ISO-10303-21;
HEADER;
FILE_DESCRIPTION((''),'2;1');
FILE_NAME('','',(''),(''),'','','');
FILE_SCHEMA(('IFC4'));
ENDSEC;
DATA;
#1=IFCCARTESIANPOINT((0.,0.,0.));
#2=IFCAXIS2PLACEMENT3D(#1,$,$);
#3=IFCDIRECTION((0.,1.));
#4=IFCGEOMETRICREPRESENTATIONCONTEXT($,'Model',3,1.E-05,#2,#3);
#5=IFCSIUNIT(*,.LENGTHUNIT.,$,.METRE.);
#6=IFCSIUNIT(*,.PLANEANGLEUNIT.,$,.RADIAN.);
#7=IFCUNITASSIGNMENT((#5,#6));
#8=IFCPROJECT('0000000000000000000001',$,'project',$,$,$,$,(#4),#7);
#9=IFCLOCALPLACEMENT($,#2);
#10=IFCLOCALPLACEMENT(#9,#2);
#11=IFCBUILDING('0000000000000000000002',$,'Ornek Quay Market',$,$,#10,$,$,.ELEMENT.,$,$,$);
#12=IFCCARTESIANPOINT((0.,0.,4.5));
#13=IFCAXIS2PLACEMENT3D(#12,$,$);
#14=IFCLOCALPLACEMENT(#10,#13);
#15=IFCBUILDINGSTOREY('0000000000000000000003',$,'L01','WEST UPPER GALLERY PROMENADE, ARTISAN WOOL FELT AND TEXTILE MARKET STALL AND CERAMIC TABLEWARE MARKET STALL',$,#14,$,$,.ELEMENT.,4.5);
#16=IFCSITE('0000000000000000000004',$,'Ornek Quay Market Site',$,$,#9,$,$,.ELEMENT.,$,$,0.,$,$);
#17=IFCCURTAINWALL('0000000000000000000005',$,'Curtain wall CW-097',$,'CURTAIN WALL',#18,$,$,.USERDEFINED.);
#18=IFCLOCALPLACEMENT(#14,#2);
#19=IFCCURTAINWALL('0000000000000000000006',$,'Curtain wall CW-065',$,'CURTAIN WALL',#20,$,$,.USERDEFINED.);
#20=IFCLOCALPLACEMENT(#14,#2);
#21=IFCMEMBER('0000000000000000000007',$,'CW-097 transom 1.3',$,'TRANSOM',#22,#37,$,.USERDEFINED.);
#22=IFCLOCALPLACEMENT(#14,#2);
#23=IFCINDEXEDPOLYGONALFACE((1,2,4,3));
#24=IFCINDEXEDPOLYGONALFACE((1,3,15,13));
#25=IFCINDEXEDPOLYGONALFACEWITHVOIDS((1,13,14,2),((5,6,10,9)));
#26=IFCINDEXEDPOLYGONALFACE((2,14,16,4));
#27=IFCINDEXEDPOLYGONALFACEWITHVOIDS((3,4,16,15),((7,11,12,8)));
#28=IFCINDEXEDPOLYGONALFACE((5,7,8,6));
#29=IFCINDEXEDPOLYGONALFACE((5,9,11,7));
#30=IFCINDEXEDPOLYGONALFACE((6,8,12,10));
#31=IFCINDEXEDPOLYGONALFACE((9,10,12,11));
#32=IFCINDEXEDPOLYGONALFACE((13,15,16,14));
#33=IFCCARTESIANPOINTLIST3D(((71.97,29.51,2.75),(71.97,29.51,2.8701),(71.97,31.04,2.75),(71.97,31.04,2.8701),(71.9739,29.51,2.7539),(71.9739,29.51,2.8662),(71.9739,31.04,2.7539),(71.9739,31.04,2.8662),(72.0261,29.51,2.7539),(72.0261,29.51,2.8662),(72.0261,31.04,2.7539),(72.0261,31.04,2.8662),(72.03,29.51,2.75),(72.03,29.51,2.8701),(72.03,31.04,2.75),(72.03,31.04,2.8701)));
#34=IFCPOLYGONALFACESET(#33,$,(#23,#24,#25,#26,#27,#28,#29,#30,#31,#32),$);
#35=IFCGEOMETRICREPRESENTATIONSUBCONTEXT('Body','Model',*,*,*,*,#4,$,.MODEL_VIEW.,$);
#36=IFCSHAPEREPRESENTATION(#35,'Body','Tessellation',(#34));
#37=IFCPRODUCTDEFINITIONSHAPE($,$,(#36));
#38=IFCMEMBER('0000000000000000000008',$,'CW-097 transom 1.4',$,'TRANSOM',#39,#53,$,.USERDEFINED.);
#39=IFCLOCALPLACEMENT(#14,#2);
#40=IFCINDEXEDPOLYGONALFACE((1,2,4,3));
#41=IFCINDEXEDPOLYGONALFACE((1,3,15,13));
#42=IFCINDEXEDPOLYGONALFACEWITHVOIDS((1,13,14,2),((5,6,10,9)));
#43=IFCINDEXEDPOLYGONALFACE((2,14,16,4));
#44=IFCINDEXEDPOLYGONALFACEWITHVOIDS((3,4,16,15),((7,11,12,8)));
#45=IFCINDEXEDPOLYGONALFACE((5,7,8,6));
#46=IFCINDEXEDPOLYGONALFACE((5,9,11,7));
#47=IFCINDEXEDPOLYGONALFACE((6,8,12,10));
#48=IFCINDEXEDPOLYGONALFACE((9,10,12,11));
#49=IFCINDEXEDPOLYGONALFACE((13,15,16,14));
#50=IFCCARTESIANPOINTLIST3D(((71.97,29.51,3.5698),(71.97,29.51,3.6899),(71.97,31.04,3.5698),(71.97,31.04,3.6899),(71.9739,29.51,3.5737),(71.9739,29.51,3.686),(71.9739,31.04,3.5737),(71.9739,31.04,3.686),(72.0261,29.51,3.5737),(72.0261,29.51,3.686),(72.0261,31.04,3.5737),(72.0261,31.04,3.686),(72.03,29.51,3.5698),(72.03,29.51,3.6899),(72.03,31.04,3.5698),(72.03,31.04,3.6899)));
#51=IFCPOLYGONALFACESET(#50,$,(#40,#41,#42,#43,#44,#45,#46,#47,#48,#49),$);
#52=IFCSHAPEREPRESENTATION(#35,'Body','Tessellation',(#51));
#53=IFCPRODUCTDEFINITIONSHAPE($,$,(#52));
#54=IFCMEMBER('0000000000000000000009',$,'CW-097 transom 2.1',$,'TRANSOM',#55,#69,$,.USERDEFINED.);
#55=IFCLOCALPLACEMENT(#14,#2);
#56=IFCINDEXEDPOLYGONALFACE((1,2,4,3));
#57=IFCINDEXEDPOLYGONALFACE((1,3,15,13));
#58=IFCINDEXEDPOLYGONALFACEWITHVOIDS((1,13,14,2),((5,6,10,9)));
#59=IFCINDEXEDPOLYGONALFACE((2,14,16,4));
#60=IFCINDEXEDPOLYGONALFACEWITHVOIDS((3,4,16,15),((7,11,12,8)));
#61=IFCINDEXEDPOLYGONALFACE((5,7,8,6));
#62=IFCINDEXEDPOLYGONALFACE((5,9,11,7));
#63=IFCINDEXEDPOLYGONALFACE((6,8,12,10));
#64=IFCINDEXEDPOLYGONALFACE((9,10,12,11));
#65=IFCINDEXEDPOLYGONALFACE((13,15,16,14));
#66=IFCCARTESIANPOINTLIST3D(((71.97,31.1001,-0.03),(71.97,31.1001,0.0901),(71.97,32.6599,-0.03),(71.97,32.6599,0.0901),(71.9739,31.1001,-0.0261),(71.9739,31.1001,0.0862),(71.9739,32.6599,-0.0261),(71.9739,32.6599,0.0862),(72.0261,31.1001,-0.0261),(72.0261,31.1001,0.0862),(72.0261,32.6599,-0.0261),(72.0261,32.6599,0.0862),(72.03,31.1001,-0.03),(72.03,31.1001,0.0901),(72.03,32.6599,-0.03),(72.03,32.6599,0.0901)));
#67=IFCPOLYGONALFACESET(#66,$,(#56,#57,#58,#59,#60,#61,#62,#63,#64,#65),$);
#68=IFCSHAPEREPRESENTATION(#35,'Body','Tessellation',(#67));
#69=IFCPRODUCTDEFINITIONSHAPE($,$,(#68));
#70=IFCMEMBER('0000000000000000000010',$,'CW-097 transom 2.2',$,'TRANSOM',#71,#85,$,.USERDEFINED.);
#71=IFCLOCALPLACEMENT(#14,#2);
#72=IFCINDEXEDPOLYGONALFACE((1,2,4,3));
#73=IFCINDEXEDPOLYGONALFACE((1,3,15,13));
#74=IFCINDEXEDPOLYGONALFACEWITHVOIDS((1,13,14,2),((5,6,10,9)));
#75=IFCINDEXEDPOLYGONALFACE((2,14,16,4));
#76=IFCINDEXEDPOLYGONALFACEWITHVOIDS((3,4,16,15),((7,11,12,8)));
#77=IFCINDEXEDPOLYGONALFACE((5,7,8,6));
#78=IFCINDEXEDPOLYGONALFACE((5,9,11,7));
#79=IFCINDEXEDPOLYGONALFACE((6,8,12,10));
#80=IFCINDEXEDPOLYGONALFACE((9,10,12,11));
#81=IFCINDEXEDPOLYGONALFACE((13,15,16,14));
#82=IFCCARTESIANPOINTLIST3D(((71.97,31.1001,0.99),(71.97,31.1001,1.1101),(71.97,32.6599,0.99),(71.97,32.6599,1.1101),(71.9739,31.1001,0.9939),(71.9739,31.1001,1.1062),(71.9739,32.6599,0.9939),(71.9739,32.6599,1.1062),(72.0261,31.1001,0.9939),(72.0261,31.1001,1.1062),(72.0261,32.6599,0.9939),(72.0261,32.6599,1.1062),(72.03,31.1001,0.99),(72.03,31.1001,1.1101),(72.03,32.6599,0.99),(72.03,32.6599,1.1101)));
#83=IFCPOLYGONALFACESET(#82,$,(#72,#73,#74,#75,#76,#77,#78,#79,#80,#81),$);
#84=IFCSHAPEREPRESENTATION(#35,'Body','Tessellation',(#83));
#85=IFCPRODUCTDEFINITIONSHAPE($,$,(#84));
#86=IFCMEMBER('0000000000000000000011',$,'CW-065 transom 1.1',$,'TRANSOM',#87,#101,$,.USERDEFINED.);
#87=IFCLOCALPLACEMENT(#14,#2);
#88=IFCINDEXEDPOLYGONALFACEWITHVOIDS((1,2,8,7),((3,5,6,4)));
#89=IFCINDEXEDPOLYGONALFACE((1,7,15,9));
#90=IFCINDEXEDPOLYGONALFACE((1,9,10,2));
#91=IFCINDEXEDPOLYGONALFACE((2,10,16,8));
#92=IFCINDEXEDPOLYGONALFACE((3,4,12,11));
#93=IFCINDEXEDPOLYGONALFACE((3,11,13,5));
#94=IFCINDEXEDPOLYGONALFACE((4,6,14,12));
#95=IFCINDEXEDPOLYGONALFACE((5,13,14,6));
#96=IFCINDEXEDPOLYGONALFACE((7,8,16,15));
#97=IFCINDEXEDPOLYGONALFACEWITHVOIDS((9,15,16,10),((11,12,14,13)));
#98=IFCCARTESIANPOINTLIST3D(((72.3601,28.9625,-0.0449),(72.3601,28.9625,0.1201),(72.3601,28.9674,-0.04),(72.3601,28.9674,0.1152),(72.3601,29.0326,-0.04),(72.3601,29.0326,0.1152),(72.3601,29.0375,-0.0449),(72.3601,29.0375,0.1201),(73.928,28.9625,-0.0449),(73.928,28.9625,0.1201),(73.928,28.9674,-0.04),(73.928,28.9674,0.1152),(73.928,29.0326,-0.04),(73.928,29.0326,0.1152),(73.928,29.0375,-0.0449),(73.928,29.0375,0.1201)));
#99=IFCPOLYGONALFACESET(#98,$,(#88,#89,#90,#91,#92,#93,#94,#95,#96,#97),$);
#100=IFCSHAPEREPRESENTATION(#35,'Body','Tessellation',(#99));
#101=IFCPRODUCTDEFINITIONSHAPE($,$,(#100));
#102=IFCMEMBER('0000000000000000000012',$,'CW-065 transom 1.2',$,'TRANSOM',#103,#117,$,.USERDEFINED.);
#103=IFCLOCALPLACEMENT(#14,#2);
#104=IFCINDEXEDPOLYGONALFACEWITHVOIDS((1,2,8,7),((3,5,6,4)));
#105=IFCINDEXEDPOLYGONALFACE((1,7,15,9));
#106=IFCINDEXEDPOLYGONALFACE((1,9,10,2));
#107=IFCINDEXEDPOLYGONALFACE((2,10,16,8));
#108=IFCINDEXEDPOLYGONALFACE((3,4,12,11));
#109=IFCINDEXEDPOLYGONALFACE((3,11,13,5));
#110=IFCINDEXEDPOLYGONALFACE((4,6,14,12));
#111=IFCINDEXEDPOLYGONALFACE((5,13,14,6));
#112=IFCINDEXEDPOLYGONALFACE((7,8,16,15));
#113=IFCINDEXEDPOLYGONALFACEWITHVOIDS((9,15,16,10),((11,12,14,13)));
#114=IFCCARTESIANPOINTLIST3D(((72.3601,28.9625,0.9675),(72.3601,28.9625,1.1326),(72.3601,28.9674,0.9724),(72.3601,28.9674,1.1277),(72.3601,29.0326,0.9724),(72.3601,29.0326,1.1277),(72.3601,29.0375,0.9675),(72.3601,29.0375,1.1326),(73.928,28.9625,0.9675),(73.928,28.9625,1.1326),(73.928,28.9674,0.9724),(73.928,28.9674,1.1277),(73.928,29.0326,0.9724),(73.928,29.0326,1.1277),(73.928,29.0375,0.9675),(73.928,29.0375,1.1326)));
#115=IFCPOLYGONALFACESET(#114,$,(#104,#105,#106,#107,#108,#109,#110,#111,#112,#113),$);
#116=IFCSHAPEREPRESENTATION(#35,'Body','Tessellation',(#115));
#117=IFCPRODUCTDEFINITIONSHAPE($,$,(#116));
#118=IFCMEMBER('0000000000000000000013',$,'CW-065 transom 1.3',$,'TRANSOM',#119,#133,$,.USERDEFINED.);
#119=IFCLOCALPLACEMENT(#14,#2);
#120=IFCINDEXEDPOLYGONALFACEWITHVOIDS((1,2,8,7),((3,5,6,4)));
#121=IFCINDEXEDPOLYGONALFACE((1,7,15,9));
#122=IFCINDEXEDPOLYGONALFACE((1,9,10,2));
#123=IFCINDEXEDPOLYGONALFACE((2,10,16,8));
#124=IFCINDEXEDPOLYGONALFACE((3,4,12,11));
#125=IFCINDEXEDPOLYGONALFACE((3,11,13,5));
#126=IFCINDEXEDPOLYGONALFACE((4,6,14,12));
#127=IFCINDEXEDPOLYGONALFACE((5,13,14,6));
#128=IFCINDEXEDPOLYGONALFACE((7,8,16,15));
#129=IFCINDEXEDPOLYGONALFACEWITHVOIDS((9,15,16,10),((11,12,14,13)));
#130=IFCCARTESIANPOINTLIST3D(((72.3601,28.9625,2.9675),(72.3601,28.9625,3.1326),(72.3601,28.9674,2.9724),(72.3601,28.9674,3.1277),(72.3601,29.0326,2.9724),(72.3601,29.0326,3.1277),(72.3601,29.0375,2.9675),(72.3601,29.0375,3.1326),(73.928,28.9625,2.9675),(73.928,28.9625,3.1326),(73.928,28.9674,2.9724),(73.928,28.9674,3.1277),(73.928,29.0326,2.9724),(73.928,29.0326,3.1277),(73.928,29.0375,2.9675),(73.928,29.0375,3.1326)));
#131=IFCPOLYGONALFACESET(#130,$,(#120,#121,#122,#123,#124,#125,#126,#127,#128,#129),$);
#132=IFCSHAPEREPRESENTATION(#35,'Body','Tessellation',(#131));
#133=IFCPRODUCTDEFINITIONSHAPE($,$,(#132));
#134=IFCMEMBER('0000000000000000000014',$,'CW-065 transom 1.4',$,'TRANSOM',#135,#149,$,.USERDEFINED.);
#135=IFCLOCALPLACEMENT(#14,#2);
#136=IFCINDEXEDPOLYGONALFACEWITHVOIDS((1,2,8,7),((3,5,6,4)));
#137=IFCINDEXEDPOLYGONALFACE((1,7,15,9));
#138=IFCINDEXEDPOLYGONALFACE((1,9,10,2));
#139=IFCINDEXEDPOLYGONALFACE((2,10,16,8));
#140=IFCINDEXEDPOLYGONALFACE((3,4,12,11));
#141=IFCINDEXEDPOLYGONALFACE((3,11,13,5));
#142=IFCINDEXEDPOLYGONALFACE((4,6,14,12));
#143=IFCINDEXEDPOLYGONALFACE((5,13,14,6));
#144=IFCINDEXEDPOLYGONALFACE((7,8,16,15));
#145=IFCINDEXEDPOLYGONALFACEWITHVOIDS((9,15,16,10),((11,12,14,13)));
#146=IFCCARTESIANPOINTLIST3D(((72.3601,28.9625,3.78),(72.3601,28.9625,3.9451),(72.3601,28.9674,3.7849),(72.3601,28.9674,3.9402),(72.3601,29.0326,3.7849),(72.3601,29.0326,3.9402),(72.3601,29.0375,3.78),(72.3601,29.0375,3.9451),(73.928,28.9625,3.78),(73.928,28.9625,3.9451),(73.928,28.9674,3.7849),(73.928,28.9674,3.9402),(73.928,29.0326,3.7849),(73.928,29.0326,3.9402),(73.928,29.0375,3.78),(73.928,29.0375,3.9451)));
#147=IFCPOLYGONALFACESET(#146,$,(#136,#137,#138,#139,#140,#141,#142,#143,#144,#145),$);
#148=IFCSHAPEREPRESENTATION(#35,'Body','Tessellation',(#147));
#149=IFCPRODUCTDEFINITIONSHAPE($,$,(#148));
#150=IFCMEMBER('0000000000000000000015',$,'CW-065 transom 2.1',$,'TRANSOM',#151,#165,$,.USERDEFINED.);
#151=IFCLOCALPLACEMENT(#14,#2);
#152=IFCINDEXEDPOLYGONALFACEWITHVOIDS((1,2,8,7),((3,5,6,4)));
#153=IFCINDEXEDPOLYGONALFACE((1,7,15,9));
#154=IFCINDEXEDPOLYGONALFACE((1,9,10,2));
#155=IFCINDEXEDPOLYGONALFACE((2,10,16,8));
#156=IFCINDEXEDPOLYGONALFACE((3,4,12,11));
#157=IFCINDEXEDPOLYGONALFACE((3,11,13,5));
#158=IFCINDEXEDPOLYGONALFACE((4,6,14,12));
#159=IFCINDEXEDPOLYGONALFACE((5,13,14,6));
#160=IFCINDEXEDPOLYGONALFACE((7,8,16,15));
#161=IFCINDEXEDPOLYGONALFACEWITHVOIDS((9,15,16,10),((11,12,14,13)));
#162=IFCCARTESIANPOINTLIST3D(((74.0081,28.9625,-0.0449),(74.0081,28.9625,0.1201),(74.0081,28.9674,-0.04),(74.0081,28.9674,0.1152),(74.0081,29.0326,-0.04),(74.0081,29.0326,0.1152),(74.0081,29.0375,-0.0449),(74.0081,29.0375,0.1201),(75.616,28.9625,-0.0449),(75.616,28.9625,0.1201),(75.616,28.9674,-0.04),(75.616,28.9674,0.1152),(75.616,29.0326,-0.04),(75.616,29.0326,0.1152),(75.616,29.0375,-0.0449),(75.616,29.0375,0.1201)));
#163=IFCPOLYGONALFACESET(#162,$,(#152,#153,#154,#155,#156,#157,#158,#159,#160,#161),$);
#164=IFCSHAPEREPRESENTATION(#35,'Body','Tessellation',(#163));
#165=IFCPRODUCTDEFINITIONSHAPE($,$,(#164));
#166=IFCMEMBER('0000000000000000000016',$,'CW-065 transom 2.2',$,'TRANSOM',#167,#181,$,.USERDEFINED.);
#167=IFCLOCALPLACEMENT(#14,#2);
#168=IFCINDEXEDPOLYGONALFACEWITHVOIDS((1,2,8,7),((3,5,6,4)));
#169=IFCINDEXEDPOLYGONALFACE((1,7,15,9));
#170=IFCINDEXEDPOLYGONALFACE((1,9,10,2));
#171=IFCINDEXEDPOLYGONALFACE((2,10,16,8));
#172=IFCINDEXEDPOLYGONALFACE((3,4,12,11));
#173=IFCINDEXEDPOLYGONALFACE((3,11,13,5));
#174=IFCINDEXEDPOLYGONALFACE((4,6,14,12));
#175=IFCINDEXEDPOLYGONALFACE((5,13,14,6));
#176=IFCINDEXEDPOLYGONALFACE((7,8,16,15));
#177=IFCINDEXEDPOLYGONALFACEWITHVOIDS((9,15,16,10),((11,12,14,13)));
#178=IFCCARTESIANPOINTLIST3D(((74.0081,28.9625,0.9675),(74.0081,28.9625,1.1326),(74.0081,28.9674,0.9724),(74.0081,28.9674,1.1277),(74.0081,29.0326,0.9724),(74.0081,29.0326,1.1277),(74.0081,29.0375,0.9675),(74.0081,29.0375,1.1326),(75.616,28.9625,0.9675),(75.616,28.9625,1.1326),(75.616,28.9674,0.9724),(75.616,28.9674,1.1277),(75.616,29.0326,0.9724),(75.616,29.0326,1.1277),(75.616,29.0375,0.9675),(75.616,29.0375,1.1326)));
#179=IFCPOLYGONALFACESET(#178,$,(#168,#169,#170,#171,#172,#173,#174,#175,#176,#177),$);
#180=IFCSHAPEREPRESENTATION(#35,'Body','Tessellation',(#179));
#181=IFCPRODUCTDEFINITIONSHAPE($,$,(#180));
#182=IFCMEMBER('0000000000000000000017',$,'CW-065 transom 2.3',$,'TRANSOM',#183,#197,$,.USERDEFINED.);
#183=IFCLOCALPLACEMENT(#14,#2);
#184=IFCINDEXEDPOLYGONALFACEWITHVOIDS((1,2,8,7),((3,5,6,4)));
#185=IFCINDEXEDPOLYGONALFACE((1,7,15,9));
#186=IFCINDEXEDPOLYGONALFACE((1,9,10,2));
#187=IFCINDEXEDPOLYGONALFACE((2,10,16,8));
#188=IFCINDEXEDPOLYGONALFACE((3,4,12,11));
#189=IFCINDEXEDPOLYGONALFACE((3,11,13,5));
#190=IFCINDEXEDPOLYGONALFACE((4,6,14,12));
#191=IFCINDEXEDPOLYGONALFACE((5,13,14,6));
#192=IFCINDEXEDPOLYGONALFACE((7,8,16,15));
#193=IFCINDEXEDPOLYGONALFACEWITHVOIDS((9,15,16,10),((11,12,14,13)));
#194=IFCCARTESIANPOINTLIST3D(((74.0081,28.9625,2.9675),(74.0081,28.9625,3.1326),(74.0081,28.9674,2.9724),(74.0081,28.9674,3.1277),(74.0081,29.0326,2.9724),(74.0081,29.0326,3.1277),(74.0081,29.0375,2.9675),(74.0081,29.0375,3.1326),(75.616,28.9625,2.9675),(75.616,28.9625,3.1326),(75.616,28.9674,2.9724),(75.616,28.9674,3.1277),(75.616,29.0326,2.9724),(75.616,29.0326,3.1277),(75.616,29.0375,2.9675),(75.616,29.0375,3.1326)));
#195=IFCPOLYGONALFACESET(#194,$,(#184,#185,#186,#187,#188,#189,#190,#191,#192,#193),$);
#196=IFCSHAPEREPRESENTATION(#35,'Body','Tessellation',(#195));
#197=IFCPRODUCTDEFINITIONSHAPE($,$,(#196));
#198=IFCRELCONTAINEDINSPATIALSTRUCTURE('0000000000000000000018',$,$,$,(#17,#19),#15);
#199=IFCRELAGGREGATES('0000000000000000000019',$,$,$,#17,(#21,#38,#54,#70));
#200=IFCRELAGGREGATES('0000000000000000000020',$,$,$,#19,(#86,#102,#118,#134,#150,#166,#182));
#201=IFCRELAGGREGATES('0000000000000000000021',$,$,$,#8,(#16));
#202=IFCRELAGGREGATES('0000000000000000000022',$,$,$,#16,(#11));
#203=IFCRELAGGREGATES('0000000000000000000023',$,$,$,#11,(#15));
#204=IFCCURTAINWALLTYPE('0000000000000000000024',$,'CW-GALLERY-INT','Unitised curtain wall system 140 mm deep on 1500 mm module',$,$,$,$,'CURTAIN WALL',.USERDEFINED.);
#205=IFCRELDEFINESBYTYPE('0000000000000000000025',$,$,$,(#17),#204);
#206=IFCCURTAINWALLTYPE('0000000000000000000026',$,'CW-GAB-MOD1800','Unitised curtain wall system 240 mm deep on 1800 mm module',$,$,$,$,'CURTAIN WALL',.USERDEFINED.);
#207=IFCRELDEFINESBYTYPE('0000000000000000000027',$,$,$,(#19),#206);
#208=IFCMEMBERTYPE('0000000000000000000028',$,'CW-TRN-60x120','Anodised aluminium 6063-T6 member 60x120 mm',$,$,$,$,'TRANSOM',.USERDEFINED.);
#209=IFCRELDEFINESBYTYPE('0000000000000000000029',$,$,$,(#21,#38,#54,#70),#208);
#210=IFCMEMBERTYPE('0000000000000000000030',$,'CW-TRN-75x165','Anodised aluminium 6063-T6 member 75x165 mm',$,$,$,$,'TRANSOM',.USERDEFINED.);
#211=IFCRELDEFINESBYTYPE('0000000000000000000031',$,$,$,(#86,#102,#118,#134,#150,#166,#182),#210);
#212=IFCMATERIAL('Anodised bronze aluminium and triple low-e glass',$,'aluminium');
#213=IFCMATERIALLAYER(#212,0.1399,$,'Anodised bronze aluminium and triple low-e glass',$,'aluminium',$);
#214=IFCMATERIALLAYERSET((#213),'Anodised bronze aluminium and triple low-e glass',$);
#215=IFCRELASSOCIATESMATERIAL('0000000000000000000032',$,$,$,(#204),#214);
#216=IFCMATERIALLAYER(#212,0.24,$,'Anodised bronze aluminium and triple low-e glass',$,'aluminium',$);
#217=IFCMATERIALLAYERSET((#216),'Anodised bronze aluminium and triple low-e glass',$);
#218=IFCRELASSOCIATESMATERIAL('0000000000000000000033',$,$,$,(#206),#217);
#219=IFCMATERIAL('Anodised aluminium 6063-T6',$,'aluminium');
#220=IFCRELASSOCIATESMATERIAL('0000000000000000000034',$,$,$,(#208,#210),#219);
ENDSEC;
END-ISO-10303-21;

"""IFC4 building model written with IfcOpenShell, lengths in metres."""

from ifc_helpers import new_model, si_unit, direction, frame, origin, origin_2d, place, context, subcontext, project, spatial, hollow_rectangle, extrude, material, layer, layer_set, material_profile, profile_set, type_object, element, aggregate, save


model = new_model("IFC4")

# Units and contexts
model_context = context("Model", 3, precision=1e-05, world=origin(), true_north=direction((0.0, 1.0)))
body_context = subcontext(model_context, "Body", "Model", "MODEL_VIEW")
ifc_project = project(units=[si_unit("LENGTHUNIT", "METRE"), si_unit("PLANEANGLEUNIT", "RADIAN")], contexts=[model_context])

# Site, building, storey
site_placement = place(None, origin())
site = spatial("IfcSite", under=ifc_project, at=site_placement, Name="Ornek Quay Market Site", CompositionType="ELEMENT", RefElevation=0.0)
building_placement = place(site_placement, origin())
building = spatial("IfcBuilding", under=site, at=building_placement, Name="Ornek Quay Market", CompositionType="ELEMENT")
storey_placement = place(building_placement, frame((0.0, 0.0, 4.5)))
storey = spatial("IfcBuildingStorey", under=building, at=storey_placement, Name="L01", Description="WEST UPPER GALLERY PROMENADE, ARTISAN WOOL FELT AND TEXTILE MARKET STALL AND CERAMIC TABLEWARE MARKET STALL", CompositionType="ELEMENT", Elevation=4.5)

# Curtain walls
ifc_material_1 = material(Name="Anodised bronze aluminium and triple low-e glass", Category="aluminium")
ifc_layer_1 = layer(ifc_material_1, 0.1399, Name="Anodised bronze aluminium and triple low-e glass", Category="aluminium")
ifc_layer_set_1 = layer_set([ifc_layer_1], Name="Anodised bronze aluminium and triple low-e glass")
curtain_wall_type_1 = type_object("IfcCurtainWallType", Name="CW-GALLERY-INT", Description="Unitised curtain wall system 140 mm deep on 1500 mm module", ElementType="CURTAIN WALL", PredefinedType="USERDEFINED", material=ifc_layer_set_1)
curtain_wall_1_placement = place(storey_placement, origin())
curtain_wall_1 = element("IfcCurtainWall", 1, at=curtain_wall_1_placement, inside=storey, type_object=curtain_wall_type_1, Name="Curtain wall CW-097", ObjectType="CURTAIN WALL", PredefinedType="USERDEFINED")
ifc_material_2 = material(Name="Anodised aluminium 6063-T6", Category="aluminium")
ifc_layer_2 = layer(ifc_material_1, 0.24, Name="Anodised bronze aluminium and triple low-e glass", Category="aluminium")
ifc_layer_set_2 = layer_set([ifc_layer_2], Name="Anodised bronze aluminium and triple low-e glass")
curtain_wall_type_2 = type_object("IfcCurtainWallType", Name="CW-GAB-MOD1800", Description="Unitised curtain wall system 240 mm deep on 1800 mm module", ElementType="CURTAIN WALL", PredefinedType="USERDEFINED", material=ifc_layer_set_2)
curtain_wall_2_placement = place(storey_placement, origin())
curtain_wall_2 = element("IfcCurtainWall", 2, at=curtain_wall_2_placement, inside=storey, type_object=curtain_wall_type_2, Name="Curtain wall CW-065", ObjectType="CURTAIN WALL", PredefinedType="USERDEFINED")

# Members
ifc_material_profile_1 = material_profile(ifc_material_2, hollow_rectangle(XDim=0.0601, YDim=0.1201, WallThickness=0.0039, at=origin_2d()), Name="CW-TRN-60x120", Category="aluminium")
ifc_profile_set_1 = profile_set([ifc_material_profile_1], Name="Anodised aluminium 6063-T6")
member_type_1 = type_object("IfcMemberType", Name="CW-TRN-60x120", Description="Anodised aluminium 6063-T6 member 60x120 mm", ElementType="TRANSOM", PredefinedType="USERDEFINED", material=ifc_profile_set_1)
member_1_placement = place(storey_placement, frame((72.0, 29.51, 2.8101), z_axis=(0.0, 1.0, 0.0), x_axis=(-1.0, 0.0, 0.0)))
member_1 = element("IfcMember", 3, at=member_1_placement, type_object=member_type_1, Name="CW-097 transom 1.3", ObjectType="TRANSOM", PredefinedType="USERDEFINED", context=body_context, shape_type="SweptSolid", body=[
    extrude(hollow_rectangle(XDim=0.0601, YDim=0.1201, WallThickness=0.0039, at=origin_2d()), origin(), (0.0, 0.0, 1.0), 1.53),
])
member_2_placement = place(storey_placement, frame((72.0, 29.51, 3.6299), z_axis=(0.0, 1.0, 0.0), x_axis=(-1.0, 0.0, 0.0)))
member_2 = element("IfcMember", 4, at=member_2_placement, type_object=member_type_1, Name="CW-097 transom 1.4", ObjectType="TRANSOM", PredefinedType="USERDEFINED", context=body_context, shape_type="SweptSolid", body=[
    extrude(hollow_rectangle(XDim=0.0601, YDim=0.1201, WallThickness=0.0039, at=origin_2d()), origin(), (0.0, 0.0, 1.0), 1.53),
])
member_3_placement = place(storey_placement, frame((72.0, 31.1001, 0.03), z_axis=(0.0, 1.0, 0.0), x_axis=(-1.0, 0.0, 0.0)))
member_3 = element("IfcMember", 5, at=member_3_placement, type_object=member_type_1, Name="CW-097 transom 2.1", ObjectType="TRANSOM", PredefinedType="USERDEFINED", context=body_context, shape_type="SweptSolid", body=[
    extrude(hollow_rectangle(XDim=0.0601, YDim=0.1201, WallThickness=0.0039, at=origin_2d()), origin(), (0.0, 0.0, 1.0), 1.5598),
])
member_4_placement = place(storey_placement, frame((72.0, 31.1001, 1.05), z_axis=(0.0, 1.0, 0.0), x_axis=(-1.0, 0.0, 0.0)))
member_4 = element("IfcMember", 6, at=member_4_placement, type_object=member_type_1, Name="CW-097 transom 2.2", ObjectType="TRANSOM", PredefinedType="USERDEFINED", context=body_context, shape_type="SweptSolid", body=[
    extrude(hollow_rectangle(XDim=0.0601, YDim=0.1201, WallThickness=0.0039, at=origin_2d()), origin(), (0.0, 0.0, 1.0), 1.5598),
])
ifc_material_profile_2 = material_profile(ifc_material_2, hollow_rectangle(XDim=0.075, YDim=0.165, WallThickness=0.0049, at=origin_2d()), Name="CW-TRN-75x165", Category="aluminium")
ifc_profile_set_2 = profile_set([ifc_material_profile_2], Name="Anodised aluminium 6063-T6")
member_type_2 = type_object("IfcMemberType", Name="CW-TRN-75x165", Description="Anodised aluminium 6063-T6 member 75x165 mm", ElementType="TRANSOM", PredefinedType="USERDEFINED", material=ifc_profile_set_2)
member_5_placement = place(storey_placement, frame((72.3601, 29.0, 0.0376), z_axis=(1.0, 0.0, 0.0), x_axis=(0.0, 1.0, 0.0)))
member_5 = element("IfcMember", 7, at=member_5_placement, type_object=member_type_2, Name="CW-065 transom 1.1", ObjectType="TRANSOM", PredefinedType="USERDEFINED", context=body_context, shape_type="SweptSolid", body=[
    extrude(hollow_rectangle(XDim=0.075, YDim=0.165, WallThickness=0.0049, at=origin_2d()), origin(), (0.0, 0.0, 1.0), 1.5679),
])
member_6_placement = place(storey_placement, frame((72.3601, 29.0, 1.05), z_axis=(1.0, 0.0, 0.0), x_axis=(0.0, 1.0, 0.0)))
member_6 = element("IfcMember", 8, at=member_6_placement, type_object=member_type_2, Name="CW-065 transom 1.2", ObjectType="TRANSOM", PredefinedType="USERDEFINED", context=body_context, shape_type="SweptSolid", body=[
    extrude(hollow_rectangle(XDim=0.075, YDim=0.165, WallThickness=0.0049, at=origin_2d()), origin(), (0.0, 0.0, 1.0), 1.5679),
])
member_7_placement = place(storey_placement, frame((72.3601, 29.0, 3.05), z_axis=(1.0, 0.0, 0.0), x_axis=(0.0, 1.0, 0.0)))
member_7 = element("IfcMember", 9, at=member_7_placement, type_object=member_type_2, Name="CW-065 transom 1.3", ObjectType="TRANSOM", PredefinedType="USERDEFINED", context=body_context, shape_type="SweptSolid", body=[
    extrude(hollow_rectangle(XDim=0.075, YDim=0.165, WallThickness=0.0049, at=origin_2d()), origin(), (0.0, 0.0, 1.0), 1.5679),
])
member_8_placement = place(storey_placement, frame((72.3601, 29.0, 3.8625), z_axis=(1.0, 0.0, 0.0), x_axis=(0.0, 1.0, 0.0)))
member_8 = element("IfcMember", 10, at=member_8_placement, type_object=member_type_2, Name="CW-065 transom 1.4", ObjectType="TRANSOM", PredefinedType="USERDEFINED", context=body_context, shape_type="SweptSolid", body=[
    extrude(hollow_rectangle(XDim=0.075, YDim=0.165, WallThickness=0.0049, at=origin_2d()), origin(), (0.0, 0.0, 1.0), 1.5679),
])
member_9_placement = place(storey_placement, frame((74.0081, 29.0, 0.0376), z_axis=(1.0, 0.0, 0.0), x_axis=(0.0, 1.0, 0.0)))
member_9 = element("IfcMember", 11, at=member_9_placement, type_object=member_type_2, Name="CW-065 transom 2.1", ObjectType="TRANSOM", PredefinedType="USERDEFINED", context=body_context, shape_type="SweptSolid", body=[
    extrude(hollow_rectangle(XDim=0.075, YDim=0.165, WallThickness=0.0049, at=origin_2d()), origin(), (0.0, 0.0, 1.0), 1.6079),
])
member_10_placement = place(storey_placement, frame((74.0081, 29.0, 1.05), z_axis=(1.0, 0.0, 0.0), x_axis=(0.0, 1.0, 0.0)))
member_10 = element("IfcMember", 12, at=member_10_placement, type_object=member_type_2, Name="CW-065 transom 2.2", ObjectType="TRANSOM", PredefinedType="USERDEFINED", context=body_context, shape_type="SweptSolid", body=[
    extrude(hollow_rectangle(XDim=0.075, YDim=0.165, WallThickness=0.0049, at=origin_2d()), origin(), (0.0, 0.0, 1.0), 1.6079),
])
member_11_placement = place(storey_placement, frame((74.0081, 29.0, 3.05), z_axis=(1.0, 0.0, 0.0), x_axis=(0.0, 1.0, 0.0)))
member_11 = element("IfcMember", 13, at=member_11_placement, type_object=member_type_2, Name="CW-065 transom 2.3", ObjectType="TRANSOM", PredefinedType="USERDEFINED", context=body_context, shape_type="SweptSolid", body=[
    extrude(hollow_rectangle(XDim=0.075, YDim=0.165, WallThickness=0.0049, at=origin_2d()), origin(), (0.0, 0.0, 1.0), 1.6079),
])

aggregate(curtain_wall_1, [member_1, member_2, member_3, member_4])
aggregate(curtain_wall_2, [member_5, member_6, member_7, member_8, member_9, member_10, member_11])

save(model, "model.ifc")
